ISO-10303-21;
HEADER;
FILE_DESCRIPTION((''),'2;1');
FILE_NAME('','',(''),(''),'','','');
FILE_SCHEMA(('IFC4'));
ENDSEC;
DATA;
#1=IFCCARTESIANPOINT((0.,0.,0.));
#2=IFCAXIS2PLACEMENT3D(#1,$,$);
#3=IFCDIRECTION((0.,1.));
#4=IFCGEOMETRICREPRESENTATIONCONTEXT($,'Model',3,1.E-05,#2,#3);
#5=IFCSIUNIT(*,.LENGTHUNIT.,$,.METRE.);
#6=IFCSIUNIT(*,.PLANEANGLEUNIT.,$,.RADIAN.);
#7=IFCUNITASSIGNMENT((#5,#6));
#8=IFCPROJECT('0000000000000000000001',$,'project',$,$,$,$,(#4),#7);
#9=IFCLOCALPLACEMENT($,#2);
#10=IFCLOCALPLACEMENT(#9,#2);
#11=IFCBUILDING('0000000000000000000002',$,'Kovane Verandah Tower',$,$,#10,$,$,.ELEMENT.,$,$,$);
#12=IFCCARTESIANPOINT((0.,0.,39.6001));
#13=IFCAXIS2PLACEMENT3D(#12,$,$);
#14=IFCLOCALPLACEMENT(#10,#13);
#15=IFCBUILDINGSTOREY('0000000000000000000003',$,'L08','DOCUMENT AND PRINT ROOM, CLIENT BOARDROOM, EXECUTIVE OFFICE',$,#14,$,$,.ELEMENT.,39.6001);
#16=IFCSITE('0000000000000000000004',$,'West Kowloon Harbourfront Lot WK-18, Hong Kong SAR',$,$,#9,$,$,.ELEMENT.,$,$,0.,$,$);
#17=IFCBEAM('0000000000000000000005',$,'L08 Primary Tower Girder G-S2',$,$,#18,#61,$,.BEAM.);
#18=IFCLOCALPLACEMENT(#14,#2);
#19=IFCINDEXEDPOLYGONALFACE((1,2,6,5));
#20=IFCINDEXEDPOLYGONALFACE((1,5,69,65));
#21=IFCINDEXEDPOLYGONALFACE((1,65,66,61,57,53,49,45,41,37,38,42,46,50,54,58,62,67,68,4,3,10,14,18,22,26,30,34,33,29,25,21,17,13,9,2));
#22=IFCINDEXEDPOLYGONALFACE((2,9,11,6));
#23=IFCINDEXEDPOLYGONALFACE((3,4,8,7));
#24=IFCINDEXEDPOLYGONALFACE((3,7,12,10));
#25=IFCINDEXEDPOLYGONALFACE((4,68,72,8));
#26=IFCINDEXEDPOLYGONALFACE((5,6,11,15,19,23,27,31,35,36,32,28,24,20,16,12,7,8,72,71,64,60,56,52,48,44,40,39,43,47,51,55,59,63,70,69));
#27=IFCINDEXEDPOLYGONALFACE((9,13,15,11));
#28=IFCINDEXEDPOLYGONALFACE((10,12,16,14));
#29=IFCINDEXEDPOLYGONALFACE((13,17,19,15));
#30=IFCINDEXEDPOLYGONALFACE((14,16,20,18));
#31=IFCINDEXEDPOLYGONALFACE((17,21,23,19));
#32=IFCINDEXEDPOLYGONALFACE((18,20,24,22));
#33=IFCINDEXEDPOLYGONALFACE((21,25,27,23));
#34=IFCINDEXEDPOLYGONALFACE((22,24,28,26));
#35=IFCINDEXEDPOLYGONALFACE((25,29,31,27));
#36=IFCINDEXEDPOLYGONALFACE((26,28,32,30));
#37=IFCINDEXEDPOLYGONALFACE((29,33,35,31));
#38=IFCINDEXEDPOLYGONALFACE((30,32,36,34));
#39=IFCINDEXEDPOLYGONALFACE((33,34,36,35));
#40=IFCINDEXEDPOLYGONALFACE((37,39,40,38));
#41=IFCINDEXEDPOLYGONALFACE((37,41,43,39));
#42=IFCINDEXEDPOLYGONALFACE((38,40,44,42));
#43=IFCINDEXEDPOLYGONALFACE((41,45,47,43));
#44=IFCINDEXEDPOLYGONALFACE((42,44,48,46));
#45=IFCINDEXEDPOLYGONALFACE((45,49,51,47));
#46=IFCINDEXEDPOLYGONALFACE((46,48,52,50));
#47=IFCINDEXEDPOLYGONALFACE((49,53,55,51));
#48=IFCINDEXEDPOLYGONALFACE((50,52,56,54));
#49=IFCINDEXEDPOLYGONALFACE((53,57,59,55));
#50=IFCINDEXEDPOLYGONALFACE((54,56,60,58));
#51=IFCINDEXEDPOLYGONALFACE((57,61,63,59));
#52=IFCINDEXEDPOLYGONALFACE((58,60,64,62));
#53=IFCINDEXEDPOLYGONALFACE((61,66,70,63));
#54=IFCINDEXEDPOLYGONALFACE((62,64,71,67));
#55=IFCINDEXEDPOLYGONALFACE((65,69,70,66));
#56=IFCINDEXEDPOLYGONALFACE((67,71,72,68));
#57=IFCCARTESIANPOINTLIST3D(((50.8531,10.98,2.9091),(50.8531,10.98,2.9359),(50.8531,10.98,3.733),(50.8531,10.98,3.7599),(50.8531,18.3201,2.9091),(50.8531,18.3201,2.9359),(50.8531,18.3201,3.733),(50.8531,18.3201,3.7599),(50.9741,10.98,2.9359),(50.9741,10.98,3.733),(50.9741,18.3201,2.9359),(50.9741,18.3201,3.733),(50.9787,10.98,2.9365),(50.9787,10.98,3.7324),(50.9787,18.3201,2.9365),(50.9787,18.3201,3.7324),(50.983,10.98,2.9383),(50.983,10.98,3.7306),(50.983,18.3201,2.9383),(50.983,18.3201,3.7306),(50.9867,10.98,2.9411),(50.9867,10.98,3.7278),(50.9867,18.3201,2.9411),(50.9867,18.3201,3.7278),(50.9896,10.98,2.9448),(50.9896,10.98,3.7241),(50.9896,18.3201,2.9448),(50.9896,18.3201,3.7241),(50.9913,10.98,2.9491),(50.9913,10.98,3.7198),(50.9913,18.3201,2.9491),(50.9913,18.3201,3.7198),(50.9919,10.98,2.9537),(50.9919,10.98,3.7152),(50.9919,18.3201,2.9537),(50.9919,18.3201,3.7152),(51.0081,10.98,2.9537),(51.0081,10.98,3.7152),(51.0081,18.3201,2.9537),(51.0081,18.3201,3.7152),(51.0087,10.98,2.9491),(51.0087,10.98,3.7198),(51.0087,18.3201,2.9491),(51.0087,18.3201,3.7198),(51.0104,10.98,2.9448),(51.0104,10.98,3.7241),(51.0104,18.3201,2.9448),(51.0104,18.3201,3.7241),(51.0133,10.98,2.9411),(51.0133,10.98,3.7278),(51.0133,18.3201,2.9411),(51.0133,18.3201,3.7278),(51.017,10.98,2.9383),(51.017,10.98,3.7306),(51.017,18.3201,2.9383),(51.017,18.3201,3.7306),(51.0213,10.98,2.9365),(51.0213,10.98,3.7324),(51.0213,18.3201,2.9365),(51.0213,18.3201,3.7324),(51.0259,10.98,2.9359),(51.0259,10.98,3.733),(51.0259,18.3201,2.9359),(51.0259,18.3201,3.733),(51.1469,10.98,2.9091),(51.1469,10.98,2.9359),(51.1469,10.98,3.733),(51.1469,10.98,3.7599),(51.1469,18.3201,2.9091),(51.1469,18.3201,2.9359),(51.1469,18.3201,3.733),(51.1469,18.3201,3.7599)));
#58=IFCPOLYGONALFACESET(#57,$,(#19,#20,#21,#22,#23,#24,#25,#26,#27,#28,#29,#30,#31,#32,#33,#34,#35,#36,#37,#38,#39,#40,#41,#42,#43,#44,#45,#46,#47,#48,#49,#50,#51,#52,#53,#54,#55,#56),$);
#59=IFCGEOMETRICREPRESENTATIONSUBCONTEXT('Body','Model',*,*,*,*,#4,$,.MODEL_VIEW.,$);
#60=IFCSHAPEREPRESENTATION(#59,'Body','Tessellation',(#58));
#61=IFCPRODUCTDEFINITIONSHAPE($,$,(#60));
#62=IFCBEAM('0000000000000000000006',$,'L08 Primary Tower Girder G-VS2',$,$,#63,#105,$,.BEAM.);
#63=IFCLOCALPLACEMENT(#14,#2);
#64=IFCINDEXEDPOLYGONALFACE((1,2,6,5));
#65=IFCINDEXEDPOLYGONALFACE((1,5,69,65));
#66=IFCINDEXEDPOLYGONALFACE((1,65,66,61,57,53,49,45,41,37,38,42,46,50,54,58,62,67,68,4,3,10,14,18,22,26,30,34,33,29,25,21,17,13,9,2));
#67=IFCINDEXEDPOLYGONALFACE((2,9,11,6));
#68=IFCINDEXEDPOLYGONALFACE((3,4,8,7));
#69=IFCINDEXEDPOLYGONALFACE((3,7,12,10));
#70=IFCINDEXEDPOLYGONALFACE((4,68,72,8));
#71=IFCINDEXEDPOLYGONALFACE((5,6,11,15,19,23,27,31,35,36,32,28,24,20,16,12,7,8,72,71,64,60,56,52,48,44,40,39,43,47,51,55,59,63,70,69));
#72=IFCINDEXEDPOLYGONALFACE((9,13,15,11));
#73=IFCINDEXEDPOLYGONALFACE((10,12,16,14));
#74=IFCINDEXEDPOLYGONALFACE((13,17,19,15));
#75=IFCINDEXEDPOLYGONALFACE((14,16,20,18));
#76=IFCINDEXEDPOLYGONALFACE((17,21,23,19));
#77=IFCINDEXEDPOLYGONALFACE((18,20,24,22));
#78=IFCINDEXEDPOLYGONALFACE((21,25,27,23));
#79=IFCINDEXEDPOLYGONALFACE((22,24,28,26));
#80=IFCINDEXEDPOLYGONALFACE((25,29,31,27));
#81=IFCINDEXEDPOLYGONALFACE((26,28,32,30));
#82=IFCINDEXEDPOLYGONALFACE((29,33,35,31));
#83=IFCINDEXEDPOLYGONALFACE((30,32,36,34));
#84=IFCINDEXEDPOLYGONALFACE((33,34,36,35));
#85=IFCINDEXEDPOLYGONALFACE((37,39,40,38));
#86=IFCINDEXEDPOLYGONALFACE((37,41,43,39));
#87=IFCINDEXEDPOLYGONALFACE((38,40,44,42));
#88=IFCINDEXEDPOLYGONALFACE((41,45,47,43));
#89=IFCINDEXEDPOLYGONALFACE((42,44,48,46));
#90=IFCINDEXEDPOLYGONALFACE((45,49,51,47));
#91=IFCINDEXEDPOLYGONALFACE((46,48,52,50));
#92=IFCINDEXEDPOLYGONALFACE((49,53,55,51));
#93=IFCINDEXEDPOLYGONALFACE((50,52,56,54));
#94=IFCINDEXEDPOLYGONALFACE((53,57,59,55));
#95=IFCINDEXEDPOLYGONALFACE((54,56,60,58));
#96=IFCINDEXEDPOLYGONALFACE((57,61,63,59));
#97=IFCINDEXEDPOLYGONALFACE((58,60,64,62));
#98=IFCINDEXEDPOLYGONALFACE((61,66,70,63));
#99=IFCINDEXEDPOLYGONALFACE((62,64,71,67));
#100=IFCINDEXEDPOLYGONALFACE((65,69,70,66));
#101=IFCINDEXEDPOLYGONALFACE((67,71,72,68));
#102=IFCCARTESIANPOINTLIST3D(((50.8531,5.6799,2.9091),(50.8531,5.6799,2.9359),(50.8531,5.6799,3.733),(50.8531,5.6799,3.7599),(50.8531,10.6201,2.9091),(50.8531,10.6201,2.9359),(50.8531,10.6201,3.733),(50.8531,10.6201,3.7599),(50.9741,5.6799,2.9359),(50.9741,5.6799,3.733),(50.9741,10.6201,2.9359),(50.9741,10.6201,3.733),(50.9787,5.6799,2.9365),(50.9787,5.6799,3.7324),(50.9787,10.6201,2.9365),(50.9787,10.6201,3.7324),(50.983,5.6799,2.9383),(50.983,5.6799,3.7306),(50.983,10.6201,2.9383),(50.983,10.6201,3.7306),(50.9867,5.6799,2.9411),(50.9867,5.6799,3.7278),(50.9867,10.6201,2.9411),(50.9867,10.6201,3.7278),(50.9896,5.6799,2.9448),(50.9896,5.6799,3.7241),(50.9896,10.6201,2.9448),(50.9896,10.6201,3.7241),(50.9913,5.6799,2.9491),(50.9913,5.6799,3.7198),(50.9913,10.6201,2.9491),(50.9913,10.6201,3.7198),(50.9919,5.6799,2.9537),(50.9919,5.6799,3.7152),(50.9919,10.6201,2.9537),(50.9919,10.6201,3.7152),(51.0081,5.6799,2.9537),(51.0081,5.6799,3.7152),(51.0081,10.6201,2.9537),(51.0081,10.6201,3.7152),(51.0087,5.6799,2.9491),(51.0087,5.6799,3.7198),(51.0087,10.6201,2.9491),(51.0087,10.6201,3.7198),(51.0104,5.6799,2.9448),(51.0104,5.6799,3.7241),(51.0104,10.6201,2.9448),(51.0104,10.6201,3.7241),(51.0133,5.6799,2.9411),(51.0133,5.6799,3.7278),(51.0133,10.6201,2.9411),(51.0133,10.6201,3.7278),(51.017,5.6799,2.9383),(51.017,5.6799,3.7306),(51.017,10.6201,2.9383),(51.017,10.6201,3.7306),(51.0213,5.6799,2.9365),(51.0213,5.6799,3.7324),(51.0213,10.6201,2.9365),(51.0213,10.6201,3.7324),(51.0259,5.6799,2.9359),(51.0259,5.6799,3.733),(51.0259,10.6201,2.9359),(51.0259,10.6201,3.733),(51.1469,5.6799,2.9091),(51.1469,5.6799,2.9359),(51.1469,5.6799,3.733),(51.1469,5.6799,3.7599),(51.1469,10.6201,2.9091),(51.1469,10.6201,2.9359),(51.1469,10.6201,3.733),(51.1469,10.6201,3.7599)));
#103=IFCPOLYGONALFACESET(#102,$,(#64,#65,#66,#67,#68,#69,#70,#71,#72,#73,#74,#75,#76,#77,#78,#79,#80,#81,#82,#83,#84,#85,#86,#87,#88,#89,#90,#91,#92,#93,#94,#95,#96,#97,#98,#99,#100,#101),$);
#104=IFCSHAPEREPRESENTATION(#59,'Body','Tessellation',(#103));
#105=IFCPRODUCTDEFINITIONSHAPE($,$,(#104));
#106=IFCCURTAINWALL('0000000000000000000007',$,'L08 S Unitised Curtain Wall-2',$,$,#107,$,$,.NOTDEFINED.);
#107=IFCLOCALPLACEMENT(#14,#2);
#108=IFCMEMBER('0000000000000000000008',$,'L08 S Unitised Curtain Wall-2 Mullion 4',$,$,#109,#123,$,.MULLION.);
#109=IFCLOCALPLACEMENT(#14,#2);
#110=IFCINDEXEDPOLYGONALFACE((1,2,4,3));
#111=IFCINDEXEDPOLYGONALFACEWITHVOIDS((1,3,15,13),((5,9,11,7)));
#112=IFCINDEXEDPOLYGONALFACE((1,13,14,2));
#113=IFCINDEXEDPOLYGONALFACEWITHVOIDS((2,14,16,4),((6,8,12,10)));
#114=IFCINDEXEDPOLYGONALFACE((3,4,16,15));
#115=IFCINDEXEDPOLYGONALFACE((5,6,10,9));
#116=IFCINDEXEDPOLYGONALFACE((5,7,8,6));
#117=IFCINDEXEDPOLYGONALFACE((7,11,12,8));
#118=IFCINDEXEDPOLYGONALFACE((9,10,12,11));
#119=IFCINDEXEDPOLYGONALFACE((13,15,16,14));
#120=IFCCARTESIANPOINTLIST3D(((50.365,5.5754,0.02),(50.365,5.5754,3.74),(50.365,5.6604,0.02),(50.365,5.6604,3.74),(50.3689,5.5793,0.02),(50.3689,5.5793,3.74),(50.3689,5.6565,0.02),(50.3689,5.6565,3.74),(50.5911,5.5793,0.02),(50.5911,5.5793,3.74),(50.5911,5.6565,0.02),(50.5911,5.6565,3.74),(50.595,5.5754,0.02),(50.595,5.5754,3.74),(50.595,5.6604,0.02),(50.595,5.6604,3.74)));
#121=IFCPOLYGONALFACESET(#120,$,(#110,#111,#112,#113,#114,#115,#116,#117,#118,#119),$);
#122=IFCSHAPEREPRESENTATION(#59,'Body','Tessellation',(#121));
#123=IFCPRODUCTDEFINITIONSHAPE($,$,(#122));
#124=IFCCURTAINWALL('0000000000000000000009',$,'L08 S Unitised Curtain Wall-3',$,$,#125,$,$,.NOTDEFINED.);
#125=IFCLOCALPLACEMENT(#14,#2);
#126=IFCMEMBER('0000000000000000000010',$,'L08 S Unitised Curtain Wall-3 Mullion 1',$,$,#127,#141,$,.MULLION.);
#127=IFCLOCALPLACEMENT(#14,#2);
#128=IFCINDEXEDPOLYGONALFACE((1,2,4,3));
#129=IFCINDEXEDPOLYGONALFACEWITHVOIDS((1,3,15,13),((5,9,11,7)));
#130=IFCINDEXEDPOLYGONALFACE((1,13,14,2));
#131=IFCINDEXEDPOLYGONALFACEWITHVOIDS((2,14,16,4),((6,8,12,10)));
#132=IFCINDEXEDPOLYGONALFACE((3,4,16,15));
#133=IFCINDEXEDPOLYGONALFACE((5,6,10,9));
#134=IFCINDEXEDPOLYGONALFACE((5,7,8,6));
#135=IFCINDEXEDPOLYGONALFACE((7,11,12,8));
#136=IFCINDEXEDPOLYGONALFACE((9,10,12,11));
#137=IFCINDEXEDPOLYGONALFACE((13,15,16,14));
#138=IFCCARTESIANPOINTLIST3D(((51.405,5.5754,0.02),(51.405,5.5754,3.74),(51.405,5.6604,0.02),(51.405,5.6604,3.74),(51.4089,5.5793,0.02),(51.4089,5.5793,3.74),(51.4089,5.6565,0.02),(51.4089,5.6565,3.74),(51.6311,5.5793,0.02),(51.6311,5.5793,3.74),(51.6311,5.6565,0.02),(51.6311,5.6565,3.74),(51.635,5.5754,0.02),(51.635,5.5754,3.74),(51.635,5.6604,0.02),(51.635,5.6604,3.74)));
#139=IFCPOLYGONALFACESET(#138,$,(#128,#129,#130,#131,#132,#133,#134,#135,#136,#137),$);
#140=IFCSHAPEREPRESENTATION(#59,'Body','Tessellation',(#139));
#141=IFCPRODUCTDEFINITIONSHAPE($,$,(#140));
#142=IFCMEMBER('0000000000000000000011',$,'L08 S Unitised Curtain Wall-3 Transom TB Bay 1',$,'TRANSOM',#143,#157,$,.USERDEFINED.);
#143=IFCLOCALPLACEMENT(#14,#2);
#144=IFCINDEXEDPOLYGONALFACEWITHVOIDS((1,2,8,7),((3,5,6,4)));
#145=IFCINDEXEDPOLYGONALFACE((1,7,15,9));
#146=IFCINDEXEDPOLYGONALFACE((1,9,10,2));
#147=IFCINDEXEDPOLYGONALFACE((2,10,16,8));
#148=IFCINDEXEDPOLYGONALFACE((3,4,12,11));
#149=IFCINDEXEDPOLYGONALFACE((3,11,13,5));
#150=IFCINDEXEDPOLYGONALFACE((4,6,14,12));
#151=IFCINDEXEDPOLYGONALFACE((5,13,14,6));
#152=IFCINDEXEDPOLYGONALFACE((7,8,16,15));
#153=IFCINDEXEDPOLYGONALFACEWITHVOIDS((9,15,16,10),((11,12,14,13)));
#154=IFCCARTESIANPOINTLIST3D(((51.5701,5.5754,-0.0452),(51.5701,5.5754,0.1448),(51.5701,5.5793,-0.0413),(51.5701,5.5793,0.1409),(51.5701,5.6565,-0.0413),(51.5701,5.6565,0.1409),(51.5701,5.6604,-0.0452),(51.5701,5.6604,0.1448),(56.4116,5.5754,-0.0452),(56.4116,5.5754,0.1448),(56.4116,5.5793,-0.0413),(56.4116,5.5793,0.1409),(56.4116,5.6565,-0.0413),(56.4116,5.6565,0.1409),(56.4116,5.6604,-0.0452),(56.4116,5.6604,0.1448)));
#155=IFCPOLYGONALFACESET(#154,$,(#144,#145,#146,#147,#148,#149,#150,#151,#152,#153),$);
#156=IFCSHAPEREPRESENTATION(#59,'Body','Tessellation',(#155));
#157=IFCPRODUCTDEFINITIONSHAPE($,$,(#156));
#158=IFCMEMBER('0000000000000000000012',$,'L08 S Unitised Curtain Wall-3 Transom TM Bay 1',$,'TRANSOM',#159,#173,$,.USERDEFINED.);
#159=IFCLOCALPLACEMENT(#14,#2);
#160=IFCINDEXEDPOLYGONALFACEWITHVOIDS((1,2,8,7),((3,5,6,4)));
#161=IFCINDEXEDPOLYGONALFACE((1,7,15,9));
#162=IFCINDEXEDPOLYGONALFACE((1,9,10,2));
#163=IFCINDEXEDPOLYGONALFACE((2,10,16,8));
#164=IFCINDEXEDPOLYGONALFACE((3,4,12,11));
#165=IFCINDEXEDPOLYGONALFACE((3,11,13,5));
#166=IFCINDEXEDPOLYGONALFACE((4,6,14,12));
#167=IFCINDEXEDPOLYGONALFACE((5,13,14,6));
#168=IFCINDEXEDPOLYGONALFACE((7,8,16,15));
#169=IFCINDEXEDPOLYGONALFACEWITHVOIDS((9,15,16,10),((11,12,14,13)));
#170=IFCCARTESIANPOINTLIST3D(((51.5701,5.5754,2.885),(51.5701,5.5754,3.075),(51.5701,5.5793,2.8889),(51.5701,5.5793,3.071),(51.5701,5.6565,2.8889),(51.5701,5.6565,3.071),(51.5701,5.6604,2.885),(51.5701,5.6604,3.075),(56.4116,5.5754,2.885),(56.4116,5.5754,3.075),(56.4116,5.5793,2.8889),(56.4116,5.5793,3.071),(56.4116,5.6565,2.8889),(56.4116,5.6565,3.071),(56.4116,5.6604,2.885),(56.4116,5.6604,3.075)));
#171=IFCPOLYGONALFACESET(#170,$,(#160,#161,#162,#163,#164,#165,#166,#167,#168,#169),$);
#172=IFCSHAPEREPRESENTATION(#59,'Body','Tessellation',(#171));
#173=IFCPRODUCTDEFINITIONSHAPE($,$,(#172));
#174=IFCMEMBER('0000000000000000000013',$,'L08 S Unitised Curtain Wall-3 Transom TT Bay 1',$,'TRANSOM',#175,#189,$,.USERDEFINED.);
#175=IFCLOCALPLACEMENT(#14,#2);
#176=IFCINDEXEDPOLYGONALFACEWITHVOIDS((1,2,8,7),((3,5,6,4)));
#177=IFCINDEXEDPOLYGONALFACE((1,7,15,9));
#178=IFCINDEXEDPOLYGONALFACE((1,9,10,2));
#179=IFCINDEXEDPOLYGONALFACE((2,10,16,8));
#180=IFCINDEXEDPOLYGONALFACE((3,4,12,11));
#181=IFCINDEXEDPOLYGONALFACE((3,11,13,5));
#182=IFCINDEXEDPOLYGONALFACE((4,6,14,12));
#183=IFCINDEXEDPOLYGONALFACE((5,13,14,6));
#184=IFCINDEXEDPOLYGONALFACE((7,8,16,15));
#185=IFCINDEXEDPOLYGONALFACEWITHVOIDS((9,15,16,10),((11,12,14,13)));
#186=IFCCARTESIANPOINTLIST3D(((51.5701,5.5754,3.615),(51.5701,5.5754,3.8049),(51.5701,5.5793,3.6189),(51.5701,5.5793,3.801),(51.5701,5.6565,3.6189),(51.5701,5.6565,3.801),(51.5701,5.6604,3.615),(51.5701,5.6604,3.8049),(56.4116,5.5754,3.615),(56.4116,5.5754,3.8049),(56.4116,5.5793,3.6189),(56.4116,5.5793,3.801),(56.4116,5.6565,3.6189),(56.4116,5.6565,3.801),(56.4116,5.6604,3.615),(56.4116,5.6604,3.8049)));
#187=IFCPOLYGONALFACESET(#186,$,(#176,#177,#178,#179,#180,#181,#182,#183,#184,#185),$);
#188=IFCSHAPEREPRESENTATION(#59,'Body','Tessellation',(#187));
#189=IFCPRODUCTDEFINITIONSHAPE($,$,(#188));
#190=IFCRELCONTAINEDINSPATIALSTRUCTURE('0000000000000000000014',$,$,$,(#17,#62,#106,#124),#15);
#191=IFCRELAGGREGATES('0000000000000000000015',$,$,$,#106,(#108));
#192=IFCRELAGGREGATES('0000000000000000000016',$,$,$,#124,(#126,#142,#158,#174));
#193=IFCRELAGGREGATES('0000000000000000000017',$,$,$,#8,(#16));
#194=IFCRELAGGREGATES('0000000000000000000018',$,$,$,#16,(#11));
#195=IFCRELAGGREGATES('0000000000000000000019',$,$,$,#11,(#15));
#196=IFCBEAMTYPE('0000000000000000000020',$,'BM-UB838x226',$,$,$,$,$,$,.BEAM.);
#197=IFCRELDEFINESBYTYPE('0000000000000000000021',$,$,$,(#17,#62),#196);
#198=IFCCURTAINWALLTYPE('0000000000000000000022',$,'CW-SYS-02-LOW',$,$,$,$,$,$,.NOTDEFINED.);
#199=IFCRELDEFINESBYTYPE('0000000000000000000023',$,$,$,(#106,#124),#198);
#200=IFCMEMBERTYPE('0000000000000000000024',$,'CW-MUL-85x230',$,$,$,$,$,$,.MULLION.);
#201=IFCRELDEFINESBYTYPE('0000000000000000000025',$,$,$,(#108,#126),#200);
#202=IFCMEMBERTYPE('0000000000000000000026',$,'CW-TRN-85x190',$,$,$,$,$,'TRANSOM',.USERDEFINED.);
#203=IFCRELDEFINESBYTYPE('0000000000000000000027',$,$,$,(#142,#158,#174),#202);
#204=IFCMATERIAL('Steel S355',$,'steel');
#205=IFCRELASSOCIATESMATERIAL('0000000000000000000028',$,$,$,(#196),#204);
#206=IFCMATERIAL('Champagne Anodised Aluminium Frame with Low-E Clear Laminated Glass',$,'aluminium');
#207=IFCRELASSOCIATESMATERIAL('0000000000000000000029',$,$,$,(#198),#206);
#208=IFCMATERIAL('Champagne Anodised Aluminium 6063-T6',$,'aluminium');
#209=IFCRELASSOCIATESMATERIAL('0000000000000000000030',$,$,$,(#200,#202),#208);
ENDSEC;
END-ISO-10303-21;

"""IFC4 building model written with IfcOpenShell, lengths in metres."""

from ifc_helpers import new_model, si_unit, direction, frame, origin, origin_2d, place, context, subcontext, project, spatial, hollow_rectangle, i_section, extrude, material, material_profile, profile_set, type_object, element, aggregate, save


model = new_model("IFC4")

# Units and contexts
model_context = context("Model", 3, precision=1e-05, world=origin(), true_north=direction((0.0, 1.0)))
body_context = subcontext(model_context, "Body", "Model", "MODEL_VIEW")
ifc_project = project(units=[si_unit("LENGTHUNIT", "METRE"), si_unit("PLANEANGLEUNIT", "RADIAN")], contexts=[model_context])

# Site, building, storey
site_placement = place(None, origin())
site = spatial("IfcSite", under=ifc_project, at=site_placement, Name="West Kowloon Harbourfront Lot WK-18, Hong Kong SAR", CompositionType="ELEMENT", RefElevation=0.0)
building_placement = place(site_placement, origin())
building = spatial("IfcBuilding", under=site, at=building_placement, Name="Kovane Verandah Tower", CompositionType="ELEMENT")
storey_placement = place(building_placement, frame((0.0, 0.0, 39.6001)))
storey = spatial("IfcBuildingStorey", under=building, at=storey_placement, Name="L08", Description="DOCUMENT AND PRINT ROOM, CLIENT BOARDROOM, EXECUTIVE OFFICE", CompositionType="ELEMENT", Elevation=39.6001)

# Beams
ifc_material_1 = material(Name="Steel S355", Category="steel")
ifc_material_profile_1 = material_profile(ifc_material_1, i_section(OverallWidth=0.2937, OverallDepth=0.8508, WebThickness=0.0161, FlangeThickness=0.0269, FilletRadius=0.0178, at=origin_2d()), Name="UB838x292x226")
ifc_profile_set_1 = profile_set([ifc_material_profile_1], Name="Steel S355")
beam_type_1 = type_object("IfcBeamType", Name="BM-UB838x226", PredefinedType="BEAM", material=ifc_profile_set_1)
beam_1_placement = place(storey_placement, frame((51.0, 18.3201, 3.3345), z_axis=(0.0, -1.0, 0.0), x_axis=(1.0, 0.0, 0.0)))
element("IfcBeam", 1, at=beam_1_placement, inside=storey, type_object=beam_type_1, Name="L08 Primary Tower Girder G-S2", PredefinedType="BEAM", context=body_context, shape_type="SweptSolid", body=[
    extrude(i_section(OverallWidth=0.2937, OverallDepth=0.8508, WebThickness=0.0161, FlangeThickness=0.0269, FilletRadius=0.0178, at=origin_2d()), origin(), (0.0, 0.0, 1.0), 7.3401),
])
beam_2_placement = place(storey_placement, frame((51.0, 10.6201, 3.3345), z_axis=(0.0, -1.0, 0.0), x_axis=(1.0, 0.0, 0.0)))
element("IfcBeam", 2, at=beam_2_placement, inside=storey, type_object=beam_type_1, Name="L08 Primary Tower Girder G-VS2", PredefinedType="BEAM", context=body_context, shape_type="SweptSolid", body=[
    extrude(i_section(OverallWidth=0.2937, OverallDepth=0.8508, WebThickness=0.0161, FlangeThickness=0.0269, FilletRadius=0.0178, at=origin_2d()), origin(), (0.0, 0.0, 1.0), 4.9402),
])

# Curtain wall, member
ifc_material_2 = material(Name="Champagne Anodised Aluminium Frame with Low-E Clear Laminated Glass", Category="aluminium")
curtain_wall_type = type_object("IfcCurtainWallType", Name="CW-SYS-02-LOW", PredefinedType="NOTDEFINED", material=ifc_material_2)
curtain_wall_1_placement = place(storey_placement, origin())
curtain_wall_1 = element("IfcCurtainWall", 3, at=curtain_wall_1_placement, inside=storey, type_object=curtain_wall_type, Name="L08 S Unitised Curtain Wall-2", PredefinedType="NOTDEFINED")
ifc_material_3 = material(Name="Champagne Anodised Aluminium 6063-T6", Category="aluminium")
ifc_material_profile_2 = material_profile(ifc_material_3, hollow_rectangle(XDim=0.085, YDim=0.23, WallThickness=0.0039, at=origin_2d()), Name="AL85x230x4")
ifc_profile_set_2 = profile_set([ifc_material_profile_2], Name="Champagne Anodised Aluminium 6063-T6")
member_type_1 = type_object("IfcMemberType", Name="CW-MUL-85x230", PredefinedType="MULLION", material=ifc_profile_set_2)
member_1_placement = place(storey_placement, frame((50.48, 5.6179, 0.02), z_axis=(0.0, 0.0, 1.0), x_axis=(0.0, -1.0, 0.0)))
member_1 = element("IfcMember", 4, at=member_1_placement, type_object=member_type_1, Name="L08 S Unitised Curtain Wall-2 Mullion 4", PredefinedType="MULLION", context=body_context, shape_type="SweptSolid", body=[
    extrude(hollow_rectangle(XDim=0.085, YDim=0.23, WallThickness=0.0039, at=origin_2d()), origin(), (0.0, 0.0, 1.0), 3.72),
])
aggregate(curtain_wall_1, [member_1])

# Curtain wall, members
curtain_wall_2_placement = place(storey_placement, origin())
curtain_wall_2 = element("IfcCurtainWall", 5, at=curtain_wall_2_placement, inside=storey, type_object=curtain_wall_type, Name="L08 S Unitised Curtain Wall-3", PredefinedType="NOTDEFINED")
member_2_placement = place(storey_placement, frame((51.52, 5.6179, 0.02), z_axis=(0.0, 0.0, 1.0), x_axis=(0.0, -1.0, 0.0)))
member_2 = element("IfcMember", 6, at=member_2_placement, type_object=member_type_1, Name="L08 S Unitised Curtain Wall-3 Mullion 1", PredefinedType="MULLION", context=body_context, shape_type="SweptSolid", body=[
    extrude(hollow_rectangle(XDim=0.085, YDim=0.23, WallThickness=0.0039, at=origin_2d()), origin(), (0.0, 0.0, 1.0), 3.72),
])
ifc_material_profile_3 = material_profile(ifc_material_3, hollow_rectangle(XDim=0.085, YDim=0.1899, WallThickness=0.0039, at=origin_2d()), Name="AL85x190x4")
ifc_profile_set_3 = profile_set([ifc_material_profile_3], Name="Champagne Anodised Aluminium 6063-T6")
member_type_2 = type_object("IfcMemberType", Name="CW-TRN-85x190", ElementType="TRANSOM", PredefinedType="USERDEFINED", material=ifc_profile_set_3)
member_3_placement = place(storey_placement, frame((51.5701, 5.6179, 0.0498), z_axis=(1.0, 0.0, 0.0), x_axis=(0.0, 1.0, 0.0)))
member_3 = element("IfcMember", 7, at=member_3_placement, type_object=member_type_2, Name="L08 S Unitised Curtain Wall-3 Transom TB Bay 1", ObjectType="TRANSOM", PredefinedType="USERDEFINED", context=body_context, shape_type="SweptSolid", body=[
    extrude(hollow_rectangle(XDim=0.085, YDim=0.1899, WallThickness=0.0039, at=origin_2d()), origin(), (0.0, 0.0, 1.0), 4.8416),
])
member_4_placement = place(storey_placement, frame((51.5701, 5.6179, 2.98), z_axis=(1.0, 0.0, 0.0), x_axis=(0.0, 1.0, 0.0)))
member_4 = element("IfcMember", 8, at=member_4_placement, type_object=member_type_2, Name="L08 S Unitised Curtain Wall-3 Transom TM Bay 1", ObjectType="TRANSOM", PredefinedType="USERDEFINED", context=body_context, shape_type="SweptSolid", body=[
    extrude(hollow_rectangle(XDim=0.085, YDim=0.1899, WallThickness=0.0039, at=origin_2d()), origin(), (0.0, 0.0, 1.0), 4.8416),
])
member_5_placement = place(storey_placement, frame((51.5701, 5.6179, 3.71), z_axis=(1.0, 0.0, 0.0), x_axis=(0.0, 1.0, 0.0)))
member_5 = element("IfcMember", 9, at=member_5_placement, type_object=member_type_2, Name="L08 S Unitised Curtain Wall-3 Transom TT Bay 1", ObjectType="TRANSOM", PredefinedType="USERDEFINED", context=body_context, shape_type="SweptSolid", body=[
    extrude(hollow_rectangle(XDim=0.085, YDim=0.1899, WallThickness=0.0039, at=origin_2d()), origin(), (0.0, 0.0, 1.0), 4.8416),
])

aggregate(curtain_wall_2, [member_2, member_3, member_4, member_5])

save(model, "model.ifc")
